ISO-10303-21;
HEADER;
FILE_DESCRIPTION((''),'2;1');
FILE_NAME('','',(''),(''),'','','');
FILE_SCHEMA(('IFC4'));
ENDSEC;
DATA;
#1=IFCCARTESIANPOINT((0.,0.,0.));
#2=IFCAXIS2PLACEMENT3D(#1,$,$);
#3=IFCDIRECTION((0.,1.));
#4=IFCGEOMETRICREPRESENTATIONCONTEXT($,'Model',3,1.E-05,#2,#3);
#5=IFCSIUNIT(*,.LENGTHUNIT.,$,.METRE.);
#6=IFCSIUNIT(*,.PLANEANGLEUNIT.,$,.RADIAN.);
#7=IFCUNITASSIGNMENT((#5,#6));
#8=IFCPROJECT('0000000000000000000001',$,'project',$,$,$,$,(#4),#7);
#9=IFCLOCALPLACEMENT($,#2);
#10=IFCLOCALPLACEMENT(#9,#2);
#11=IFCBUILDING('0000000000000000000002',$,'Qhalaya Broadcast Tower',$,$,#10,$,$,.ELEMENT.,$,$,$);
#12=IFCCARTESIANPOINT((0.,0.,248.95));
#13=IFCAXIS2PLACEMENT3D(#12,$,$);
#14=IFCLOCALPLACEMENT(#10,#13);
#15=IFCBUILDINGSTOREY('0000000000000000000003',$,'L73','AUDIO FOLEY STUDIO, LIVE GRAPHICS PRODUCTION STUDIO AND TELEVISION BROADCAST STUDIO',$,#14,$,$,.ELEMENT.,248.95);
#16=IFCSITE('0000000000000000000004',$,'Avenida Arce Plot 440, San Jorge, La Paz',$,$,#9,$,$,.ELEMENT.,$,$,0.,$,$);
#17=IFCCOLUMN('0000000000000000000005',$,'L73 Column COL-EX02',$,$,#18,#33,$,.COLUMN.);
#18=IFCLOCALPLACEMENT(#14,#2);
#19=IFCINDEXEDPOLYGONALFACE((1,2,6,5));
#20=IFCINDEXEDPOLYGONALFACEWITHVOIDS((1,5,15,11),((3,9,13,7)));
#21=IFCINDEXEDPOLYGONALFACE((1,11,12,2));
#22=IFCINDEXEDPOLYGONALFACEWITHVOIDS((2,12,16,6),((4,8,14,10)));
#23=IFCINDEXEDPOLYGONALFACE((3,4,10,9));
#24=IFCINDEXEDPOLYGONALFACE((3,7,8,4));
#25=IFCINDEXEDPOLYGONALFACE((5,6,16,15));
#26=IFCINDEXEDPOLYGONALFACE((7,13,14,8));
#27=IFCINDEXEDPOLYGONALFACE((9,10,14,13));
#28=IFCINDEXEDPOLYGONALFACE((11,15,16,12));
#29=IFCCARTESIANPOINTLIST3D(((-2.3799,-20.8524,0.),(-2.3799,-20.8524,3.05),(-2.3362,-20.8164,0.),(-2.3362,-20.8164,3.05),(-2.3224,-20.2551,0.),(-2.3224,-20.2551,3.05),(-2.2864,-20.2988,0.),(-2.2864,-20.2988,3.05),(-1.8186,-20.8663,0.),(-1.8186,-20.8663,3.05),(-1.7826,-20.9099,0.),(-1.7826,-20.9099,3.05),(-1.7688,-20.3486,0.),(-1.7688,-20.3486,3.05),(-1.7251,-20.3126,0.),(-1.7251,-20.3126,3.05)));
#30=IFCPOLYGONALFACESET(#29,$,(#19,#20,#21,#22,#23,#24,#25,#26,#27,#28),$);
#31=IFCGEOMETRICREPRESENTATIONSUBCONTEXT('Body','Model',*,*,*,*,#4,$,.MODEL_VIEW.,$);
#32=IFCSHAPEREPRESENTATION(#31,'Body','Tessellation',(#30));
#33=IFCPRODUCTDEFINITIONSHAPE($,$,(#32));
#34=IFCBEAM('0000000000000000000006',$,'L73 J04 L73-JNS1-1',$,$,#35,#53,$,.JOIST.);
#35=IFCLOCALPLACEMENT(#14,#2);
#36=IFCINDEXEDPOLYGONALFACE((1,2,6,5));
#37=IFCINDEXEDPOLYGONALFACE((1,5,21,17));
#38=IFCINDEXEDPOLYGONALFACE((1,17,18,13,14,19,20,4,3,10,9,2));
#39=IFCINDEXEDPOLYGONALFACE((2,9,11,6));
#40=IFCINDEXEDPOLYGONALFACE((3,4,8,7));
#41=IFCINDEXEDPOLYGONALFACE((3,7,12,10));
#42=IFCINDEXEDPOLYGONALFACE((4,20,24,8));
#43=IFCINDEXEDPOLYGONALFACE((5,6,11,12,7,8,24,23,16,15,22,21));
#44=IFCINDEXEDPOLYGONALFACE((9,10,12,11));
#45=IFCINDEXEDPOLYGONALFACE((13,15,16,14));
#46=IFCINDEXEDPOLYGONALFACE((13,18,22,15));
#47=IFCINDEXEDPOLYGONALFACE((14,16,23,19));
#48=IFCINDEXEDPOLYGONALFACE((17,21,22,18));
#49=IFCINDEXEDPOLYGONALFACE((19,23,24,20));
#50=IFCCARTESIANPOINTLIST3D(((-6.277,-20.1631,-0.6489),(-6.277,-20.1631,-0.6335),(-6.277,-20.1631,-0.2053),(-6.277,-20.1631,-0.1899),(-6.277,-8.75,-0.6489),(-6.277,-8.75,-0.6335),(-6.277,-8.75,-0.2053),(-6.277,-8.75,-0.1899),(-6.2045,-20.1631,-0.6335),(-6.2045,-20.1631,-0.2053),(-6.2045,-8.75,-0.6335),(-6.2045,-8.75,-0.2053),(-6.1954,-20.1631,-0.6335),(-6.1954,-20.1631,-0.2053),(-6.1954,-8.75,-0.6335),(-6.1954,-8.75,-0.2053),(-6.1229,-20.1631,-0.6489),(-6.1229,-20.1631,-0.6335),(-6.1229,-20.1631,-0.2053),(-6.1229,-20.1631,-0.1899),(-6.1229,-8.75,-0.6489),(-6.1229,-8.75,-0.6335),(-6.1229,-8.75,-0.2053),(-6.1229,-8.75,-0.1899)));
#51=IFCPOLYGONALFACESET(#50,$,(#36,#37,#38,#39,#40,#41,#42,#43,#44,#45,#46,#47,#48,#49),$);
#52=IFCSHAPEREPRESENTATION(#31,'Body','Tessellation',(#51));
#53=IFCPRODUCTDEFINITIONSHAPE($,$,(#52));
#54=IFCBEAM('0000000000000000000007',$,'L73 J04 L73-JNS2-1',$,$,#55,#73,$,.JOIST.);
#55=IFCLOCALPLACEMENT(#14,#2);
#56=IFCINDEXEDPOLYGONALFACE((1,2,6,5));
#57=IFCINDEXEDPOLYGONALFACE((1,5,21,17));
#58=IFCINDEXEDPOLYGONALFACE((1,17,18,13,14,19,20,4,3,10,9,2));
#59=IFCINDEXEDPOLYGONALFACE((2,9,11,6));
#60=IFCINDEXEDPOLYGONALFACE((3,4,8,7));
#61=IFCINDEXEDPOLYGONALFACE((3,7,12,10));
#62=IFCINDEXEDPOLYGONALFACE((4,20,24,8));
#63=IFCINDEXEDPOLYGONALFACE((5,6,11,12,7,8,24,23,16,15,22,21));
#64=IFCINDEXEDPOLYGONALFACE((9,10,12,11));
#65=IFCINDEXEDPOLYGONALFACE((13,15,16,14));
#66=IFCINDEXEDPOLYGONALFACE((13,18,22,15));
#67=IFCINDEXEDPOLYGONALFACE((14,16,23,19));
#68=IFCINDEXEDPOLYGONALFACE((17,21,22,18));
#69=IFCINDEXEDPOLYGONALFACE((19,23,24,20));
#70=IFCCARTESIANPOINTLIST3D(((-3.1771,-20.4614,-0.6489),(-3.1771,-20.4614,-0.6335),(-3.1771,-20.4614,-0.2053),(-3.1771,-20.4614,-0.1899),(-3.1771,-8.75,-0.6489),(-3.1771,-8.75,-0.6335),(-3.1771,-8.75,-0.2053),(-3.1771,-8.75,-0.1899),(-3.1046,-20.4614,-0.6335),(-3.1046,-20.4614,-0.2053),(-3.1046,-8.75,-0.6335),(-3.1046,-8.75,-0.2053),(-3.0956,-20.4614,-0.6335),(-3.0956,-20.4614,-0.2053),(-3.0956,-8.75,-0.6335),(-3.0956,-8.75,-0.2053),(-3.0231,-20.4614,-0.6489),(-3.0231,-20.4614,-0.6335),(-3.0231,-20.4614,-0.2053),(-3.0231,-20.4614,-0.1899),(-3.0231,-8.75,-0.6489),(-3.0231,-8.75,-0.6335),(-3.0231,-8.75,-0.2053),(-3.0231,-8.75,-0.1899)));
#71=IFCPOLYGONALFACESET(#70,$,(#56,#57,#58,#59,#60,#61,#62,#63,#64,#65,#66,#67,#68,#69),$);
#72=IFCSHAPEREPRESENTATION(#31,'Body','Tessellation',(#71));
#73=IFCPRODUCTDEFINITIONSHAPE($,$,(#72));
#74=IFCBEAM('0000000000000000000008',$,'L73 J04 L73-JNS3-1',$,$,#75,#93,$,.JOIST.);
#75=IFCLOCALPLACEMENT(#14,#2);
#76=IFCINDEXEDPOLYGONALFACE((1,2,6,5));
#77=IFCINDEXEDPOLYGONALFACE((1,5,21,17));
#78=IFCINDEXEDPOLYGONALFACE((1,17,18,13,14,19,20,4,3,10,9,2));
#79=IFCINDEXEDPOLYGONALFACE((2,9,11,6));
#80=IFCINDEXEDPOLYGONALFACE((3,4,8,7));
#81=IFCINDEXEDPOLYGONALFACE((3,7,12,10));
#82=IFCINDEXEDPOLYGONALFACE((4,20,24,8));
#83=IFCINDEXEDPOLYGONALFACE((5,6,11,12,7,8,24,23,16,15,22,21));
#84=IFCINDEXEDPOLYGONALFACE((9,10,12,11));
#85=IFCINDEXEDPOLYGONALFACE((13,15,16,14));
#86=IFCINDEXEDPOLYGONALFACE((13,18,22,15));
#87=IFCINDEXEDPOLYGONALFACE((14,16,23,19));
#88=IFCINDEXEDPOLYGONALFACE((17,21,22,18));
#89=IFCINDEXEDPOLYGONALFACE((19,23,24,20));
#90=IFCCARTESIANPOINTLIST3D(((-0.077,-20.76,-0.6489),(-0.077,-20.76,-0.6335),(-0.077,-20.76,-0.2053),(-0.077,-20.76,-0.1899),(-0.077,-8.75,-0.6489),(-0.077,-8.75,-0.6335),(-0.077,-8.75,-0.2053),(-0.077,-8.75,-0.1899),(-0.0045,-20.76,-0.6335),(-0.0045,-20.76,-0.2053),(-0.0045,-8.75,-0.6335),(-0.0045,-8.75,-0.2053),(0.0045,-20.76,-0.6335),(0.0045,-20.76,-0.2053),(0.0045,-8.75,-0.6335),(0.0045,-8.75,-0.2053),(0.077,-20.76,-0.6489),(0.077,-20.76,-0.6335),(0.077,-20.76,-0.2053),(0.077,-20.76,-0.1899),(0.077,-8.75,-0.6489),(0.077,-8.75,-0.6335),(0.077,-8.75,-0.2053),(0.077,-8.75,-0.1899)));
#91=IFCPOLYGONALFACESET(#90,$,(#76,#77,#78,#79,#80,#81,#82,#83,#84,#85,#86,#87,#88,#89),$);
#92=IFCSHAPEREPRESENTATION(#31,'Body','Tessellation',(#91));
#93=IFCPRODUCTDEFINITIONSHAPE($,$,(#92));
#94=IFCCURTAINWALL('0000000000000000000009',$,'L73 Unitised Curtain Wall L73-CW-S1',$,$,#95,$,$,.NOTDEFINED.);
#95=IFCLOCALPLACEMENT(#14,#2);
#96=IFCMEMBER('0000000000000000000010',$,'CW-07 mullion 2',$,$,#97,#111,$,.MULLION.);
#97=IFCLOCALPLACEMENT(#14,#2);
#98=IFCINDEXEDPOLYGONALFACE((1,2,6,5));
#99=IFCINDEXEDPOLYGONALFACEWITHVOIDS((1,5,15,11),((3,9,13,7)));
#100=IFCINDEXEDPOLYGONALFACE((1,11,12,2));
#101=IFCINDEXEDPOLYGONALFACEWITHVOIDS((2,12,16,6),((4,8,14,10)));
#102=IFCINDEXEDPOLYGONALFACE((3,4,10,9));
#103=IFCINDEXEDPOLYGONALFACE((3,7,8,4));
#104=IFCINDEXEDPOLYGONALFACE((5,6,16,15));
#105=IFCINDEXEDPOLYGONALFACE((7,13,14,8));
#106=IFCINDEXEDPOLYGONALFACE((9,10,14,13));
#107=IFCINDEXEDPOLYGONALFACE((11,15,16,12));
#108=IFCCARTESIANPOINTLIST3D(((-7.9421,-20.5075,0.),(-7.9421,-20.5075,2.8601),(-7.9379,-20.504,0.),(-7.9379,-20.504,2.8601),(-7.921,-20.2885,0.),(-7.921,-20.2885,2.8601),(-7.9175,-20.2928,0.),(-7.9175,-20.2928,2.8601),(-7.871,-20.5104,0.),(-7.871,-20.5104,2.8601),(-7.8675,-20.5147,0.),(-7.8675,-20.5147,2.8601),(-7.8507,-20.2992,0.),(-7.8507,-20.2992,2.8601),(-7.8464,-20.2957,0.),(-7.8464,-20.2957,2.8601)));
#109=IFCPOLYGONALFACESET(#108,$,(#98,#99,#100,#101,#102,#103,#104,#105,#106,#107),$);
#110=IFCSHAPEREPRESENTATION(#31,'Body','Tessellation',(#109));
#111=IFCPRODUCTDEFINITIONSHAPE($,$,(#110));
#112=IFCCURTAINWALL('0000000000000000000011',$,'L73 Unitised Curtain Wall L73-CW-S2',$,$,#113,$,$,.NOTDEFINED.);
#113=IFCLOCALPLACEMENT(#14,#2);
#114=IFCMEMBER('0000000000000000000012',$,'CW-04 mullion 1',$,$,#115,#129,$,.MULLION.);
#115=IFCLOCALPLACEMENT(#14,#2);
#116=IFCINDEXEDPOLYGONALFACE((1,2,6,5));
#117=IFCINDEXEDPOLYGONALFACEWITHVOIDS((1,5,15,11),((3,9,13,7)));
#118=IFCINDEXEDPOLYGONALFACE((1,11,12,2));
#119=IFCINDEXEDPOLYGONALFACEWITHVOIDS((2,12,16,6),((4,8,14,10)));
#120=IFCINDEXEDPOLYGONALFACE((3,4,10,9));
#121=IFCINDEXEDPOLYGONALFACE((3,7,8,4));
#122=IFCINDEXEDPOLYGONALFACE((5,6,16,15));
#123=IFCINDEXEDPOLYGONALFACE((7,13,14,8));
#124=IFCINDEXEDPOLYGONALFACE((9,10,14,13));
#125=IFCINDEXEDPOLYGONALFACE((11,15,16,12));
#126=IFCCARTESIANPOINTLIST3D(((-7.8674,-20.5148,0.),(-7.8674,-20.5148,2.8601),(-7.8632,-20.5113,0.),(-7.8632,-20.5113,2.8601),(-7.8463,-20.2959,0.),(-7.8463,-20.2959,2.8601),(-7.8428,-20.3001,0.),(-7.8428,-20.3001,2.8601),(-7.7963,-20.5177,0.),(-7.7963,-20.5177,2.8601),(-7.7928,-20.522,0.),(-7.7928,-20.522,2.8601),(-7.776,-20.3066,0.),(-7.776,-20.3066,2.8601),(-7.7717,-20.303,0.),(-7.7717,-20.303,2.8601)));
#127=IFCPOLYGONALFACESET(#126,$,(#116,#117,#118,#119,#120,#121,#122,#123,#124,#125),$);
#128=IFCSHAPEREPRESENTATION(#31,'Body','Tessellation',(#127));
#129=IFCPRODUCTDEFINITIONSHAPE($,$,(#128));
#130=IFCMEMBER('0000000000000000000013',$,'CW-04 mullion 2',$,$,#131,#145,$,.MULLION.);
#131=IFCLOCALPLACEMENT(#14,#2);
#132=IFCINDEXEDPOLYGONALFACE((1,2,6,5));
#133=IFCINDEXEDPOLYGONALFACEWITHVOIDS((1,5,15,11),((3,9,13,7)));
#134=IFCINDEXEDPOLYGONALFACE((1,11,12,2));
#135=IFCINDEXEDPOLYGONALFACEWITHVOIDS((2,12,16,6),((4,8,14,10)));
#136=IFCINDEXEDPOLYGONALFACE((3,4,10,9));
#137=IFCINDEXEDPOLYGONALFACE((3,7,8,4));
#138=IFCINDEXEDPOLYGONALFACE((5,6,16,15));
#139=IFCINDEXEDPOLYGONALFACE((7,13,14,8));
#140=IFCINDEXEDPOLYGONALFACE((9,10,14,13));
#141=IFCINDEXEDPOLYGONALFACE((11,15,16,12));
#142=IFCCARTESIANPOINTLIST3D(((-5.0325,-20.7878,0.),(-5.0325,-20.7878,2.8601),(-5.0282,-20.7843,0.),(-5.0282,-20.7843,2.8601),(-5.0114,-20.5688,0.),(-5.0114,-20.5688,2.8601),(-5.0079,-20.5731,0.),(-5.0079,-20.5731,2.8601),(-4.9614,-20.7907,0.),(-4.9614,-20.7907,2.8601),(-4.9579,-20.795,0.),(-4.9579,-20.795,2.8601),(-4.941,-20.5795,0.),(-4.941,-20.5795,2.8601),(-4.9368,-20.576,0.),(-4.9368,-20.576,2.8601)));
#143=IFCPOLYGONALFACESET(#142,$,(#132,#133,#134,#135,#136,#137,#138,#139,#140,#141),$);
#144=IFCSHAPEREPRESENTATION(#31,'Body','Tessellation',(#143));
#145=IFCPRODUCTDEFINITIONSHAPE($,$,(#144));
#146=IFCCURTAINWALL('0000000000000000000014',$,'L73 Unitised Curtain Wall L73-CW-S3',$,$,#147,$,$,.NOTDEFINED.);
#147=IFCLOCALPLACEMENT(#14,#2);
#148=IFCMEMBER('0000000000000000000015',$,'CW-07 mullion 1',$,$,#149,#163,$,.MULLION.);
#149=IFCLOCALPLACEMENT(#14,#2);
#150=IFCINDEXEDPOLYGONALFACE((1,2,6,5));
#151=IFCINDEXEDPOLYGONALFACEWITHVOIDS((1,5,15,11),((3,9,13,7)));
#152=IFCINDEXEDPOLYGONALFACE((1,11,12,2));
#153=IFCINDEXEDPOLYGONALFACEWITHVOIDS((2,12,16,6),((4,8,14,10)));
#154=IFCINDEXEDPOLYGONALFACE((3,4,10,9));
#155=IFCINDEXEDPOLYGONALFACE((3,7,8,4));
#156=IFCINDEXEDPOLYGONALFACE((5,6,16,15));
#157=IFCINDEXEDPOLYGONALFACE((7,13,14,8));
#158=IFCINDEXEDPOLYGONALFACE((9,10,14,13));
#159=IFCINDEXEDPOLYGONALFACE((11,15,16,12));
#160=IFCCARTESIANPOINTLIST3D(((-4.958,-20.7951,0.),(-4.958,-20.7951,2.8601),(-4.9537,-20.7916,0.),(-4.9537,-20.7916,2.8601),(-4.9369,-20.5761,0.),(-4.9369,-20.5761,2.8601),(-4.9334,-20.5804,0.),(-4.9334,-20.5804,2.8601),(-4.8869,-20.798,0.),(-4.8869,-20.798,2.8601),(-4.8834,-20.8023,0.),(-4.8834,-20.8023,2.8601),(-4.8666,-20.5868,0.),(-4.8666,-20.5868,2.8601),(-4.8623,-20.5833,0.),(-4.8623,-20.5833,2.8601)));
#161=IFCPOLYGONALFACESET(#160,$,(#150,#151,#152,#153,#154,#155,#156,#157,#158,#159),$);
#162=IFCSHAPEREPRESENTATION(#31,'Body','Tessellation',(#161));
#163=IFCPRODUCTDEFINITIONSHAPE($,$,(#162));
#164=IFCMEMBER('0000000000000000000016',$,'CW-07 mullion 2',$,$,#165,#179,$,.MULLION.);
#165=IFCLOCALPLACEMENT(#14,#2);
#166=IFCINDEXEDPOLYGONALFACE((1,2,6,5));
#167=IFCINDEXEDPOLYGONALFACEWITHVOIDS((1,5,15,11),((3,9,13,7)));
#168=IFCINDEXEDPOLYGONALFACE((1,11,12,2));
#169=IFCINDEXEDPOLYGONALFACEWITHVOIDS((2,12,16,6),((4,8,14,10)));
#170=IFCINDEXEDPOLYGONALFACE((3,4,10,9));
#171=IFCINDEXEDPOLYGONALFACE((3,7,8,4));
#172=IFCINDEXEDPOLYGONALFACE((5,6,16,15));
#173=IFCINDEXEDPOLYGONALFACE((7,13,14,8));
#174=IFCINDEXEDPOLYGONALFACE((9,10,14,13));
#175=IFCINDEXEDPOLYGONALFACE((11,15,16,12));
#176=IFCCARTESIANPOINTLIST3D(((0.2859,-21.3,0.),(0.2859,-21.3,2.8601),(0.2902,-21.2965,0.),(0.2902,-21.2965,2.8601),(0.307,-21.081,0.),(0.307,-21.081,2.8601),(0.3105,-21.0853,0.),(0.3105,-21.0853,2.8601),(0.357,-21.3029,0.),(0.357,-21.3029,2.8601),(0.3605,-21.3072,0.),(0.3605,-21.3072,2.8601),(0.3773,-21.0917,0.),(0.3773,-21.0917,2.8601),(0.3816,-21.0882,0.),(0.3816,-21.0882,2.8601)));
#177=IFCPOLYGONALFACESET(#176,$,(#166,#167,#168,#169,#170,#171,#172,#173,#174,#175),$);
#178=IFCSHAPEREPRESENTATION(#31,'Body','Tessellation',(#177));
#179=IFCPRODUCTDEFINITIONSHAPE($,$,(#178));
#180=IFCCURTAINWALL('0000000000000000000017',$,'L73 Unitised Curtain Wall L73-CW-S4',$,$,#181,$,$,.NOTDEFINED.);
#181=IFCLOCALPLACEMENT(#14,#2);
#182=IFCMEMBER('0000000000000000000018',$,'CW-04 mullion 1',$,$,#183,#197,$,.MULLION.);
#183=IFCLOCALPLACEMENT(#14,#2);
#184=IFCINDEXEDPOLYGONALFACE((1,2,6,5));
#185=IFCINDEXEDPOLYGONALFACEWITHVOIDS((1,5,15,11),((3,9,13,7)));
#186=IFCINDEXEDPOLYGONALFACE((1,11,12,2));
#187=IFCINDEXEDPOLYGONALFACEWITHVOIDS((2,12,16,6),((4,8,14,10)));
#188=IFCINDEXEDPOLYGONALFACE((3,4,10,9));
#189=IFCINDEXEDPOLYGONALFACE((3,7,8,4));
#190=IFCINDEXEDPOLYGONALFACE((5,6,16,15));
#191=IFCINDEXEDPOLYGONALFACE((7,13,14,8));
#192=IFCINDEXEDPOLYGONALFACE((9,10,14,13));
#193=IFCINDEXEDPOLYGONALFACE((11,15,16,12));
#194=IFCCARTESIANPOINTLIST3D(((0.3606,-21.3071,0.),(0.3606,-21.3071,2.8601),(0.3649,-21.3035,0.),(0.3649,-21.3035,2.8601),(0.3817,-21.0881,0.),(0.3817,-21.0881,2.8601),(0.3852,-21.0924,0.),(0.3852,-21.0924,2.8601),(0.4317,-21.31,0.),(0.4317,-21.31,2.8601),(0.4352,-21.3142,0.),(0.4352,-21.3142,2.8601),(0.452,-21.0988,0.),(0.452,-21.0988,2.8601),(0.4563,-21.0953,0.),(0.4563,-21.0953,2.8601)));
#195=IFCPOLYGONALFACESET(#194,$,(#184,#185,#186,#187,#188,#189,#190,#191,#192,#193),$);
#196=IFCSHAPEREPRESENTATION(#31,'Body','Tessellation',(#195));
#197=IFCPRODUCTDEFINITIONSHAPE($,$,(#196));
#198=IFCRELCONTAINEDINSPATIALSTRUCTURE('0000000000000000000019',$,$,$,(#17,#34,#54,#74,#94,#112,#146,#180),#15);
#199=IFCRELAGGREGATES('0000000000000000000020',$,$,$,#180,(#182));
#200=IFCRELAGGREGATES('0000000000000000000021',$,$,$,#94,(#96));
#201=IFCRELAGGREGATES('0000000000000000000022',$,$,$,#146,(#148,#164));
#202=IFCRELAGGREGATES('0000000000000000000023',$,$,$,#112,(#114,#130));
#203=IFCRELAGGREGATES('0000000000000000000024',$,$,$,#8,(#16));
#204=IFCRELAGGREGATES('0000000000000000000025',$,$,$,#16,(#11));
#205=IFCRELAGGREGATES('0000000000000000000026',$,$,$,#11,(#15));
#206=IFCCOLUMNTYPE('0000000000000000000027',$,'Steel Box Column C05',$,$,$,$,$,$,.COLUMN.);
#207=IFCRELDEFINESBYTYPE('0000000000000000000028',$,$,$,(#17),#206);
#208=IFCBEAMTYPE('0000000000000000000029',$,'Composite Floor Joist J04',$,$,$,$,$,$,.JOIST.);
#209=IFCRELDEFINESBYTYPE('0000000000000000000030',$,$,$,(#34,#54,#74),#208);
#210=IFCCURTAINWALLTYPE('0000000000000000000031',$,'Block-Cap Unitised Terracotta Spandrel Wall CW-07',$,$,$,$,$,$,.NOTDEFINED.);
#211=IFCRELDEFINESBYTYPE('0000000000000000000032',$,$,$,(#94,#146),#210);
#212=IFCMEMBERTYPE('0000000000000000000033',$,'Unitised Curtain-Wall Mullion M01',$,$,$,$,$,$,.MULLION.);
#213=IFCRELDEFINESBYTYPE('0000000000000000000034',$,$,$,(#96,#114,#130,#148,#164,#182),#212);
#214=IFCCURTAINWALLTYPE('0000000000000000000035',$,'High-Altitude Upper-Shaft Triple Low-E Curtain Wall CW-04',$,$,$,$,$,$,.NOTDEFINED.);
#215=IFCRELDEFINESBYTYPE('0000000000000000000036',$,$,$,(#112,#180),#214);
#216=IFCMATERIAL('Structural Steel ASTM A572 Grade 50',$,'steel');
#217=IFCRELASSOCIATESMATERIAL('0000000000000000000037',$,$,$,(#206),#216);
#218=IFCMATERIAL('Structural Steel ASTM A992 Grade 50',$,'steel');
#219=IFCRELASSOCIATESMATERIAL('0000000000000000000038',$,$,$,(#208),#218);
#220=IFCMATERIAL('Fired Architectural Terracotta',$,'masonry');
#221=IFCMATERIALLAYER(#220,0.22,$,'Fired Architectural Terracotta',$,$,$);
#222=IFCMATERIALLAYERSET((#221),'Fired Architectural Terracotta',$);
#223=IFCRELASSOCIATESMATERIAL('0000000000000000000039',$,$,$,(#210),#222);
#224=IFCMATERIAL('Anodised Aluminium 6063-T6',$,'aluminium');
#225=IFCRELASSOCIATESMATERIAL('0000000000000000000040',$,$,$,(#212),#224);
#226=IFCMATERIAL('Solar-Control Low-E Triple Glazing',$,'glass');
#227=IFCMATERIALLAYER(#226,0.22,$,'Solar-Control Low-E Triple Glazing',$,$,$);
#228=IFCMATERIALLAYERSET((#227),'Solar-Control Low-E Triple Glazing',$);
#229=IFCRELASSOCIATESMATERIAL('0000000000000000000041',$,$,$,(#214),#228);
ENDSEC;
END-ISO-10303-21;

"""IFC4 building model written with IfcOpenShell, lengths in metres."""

from ifc_helpers import new_model, si_unit, direction, frame, origin, origin_2d, place, context, subcontext, project, spatial, hollow_rectangle, i_section, extrude, material, layer, layer_set, material_profile, profile_set, type_object, element, aggregate, save


model = new_model("IFC4")

# Units and contexts
model_context = context("Model", 3, precision=1e-05, world=origin(), true_north=direction((0.0, 1.0)))
body_context = subcontext(model_context, "Body", "Model", "MODEL_VIEW")
ifc_project = project(units=[si_unit("LENGTHUNIT", "METRE"), si_unit("PLANEANGLEUNIT", "RADIAN")], contexts=[model_context])

# Site, building, storey
site_placement = place(None, origin())
site = spatial("IfcSite", under=ifc_project, at=site_placement, Name="Avenida Arce Plot 440, San Jorge, La Paz", CompositionType="ELEMENT", RefElevation=0.0)
building_placement = place(site_placement, origin())
building = spatial("IfcBuilding", under=site, at=building_placement, Name="Qhalaya Broadcast Tower", CompositionType="ELEMENT")
storey_placement = place(building_placement, frame((0.0, 0.0, 248.95)))
storey = spatial("IfcBuildingStorey", under=building, at=storey_placement, Name="L73", Description="AUDIO FOLEY STUDIO, LIVE GRAPHICS PRODUCTION STUDIO AND TELEVISION BROADCAST STUDIO", CompositionType="ELEMENT", Elevation=248.95)

# Column
ifc_material_1 = material(Name="Structural Steel ASTM A572 Grade 50", Category="steel")
ifc_material_profile_1 = material_profile(ifc_material_1, hollow_rectangle(XDim=0.6001, YDim=0.6001, WallThickness=0.04, at=origin_2d()), Name="BOX 600x600x40")
ifc_profile_set_1 = profile_set([ifc_material_profile_1], Name="Structural Steel ASTM A572 Grade 50")
column_type = type_object("IfcColumnType", Name="Steel Box Column C05", PredefinedType="COLUMN", material=ifc_profile_set_1)
column_placement = place(storey_placement, frame((-2.0525, -20.5825, 0.0), z_axis=(0.0, 0.0, 1.0), x_axis=(0.995396, -0.095846, 0.0)))
element("IfcColumn", 1, at=column_placement, inside=storey, type_object=column_type, Name="L73 Column COL-EX02", PredefinedType="COLUMN", context=body_context, shape_type="SweptSolid", body=[
    extrude(hollow_rectangle(XDim=0.6001, YDim=0.6001, WallThickness=0.04, at=origin_2d()), origin(), (0.0, 0.0, 1.0), 3.05),
])

# Beams
ifc_material_2 = material(Name="Structural Steel ASTM A992 Grade 50", Category="steel")
ifc_material_profile_2 = material_profile(ifc_material_2, i_section(OverallWidth=0.1541, OverallDepth=0.459, WebThickness=0.009, FlangeThickness=0.0154, at=origin_2d()), Name="W18X46")
ifc_profile_set_2 = profile_set([ifc_material_profile_2], Name="Structural Steel ASTM A992 Grade 50")
beam_type_1 = type_object("IfcBeamType", Name="Composite Floor Joist J04", PredefinedType="JOIST", material=ifc_profile_set_2)
beam_1_placement = place(storey_placement, frame((-6.2, -20.1631, -0.4194), z_axis=(0.0, 1.0, 0.0), x_axis=(-1.0, 0.0, 0.0)))
element("IfcBeam", 2, at=beam_1_placement, inside=storey, type_object=beam_type_1, Name="L73 J04 L73-JNS1-1", PredefinedType="JOIST", context=body_context, shape_type="SweptSolid", body=[
    extrude(i_section(OverallWidth=0.1541, OverallDepth=0.459, WebThickness=0.009, FlangeThickness=0.0154, at=origin_2d()), origin(), (0.0, 0.0, 1.0), 11.4131),
])
beam_2_placement = place(storey_placement, frame((-3.1001, -20.4614, -0.4194), z_axis=(0.0, 1.0, 0.0), x_axis=(-1.0, 0.0, 0.0)))
element("IfcBeam", 3, at=beam_2_placement, inside=storey, type_object=beam_type_1, Name="L73 J04 L73-JNS2-1", PredefinedType="JOIST", context=body_context, shape_type="SweptSolid", body=[
    extrude(i_section(OverallWidth=0.1541, OverallDepth=0.459, WebThickness=0.009, FlangeThickness=0.0154, at=origin_2d()), origin(), (0.0, 0.0, 1.0), 11.7114),
])
beam_3_placement = place(storey_placement, frame((0.0, -20.76, -0.4194), z_axis=(0.0, 1.0, 0.0), x_axis=(-1.0, 0.0, 0.0)))
element("IfcBeam", 4, at=beam_3_placement, inside=storey, type_object=beam_type_1, Name="L73 J04 L73-JNS3-1", PredefinedType="JOIST", context=body_context, shape_type="SweptSolid", body=[
    extrude(i_section(OverallWidth=0.1541, OverallDepth=0.459, WebThickness=0.009, FlangeThickness=0.0154, at=origin_2d()), origin(), (0.0, 0.0, 1.0), 12.01),
])

# Curtain wall, member
ifc_material_3 = material(Name="Fired Architectural Terracotta", Category="masonry")
ifc_layer_1 = layer(ifc_material_3, 0.22, Name="Fired Architectural Terracotta")
ifc_layer_set_1 = layer_set([ifc_layer_1], Name="Fired Architectural Terracotta")
curtain_wall_type_1 = type_object("IfcCurtainWallType", Name="Block-Cap Unitised Terracotta Spandrel Wall CW-07", PredefinedType="NOTDEFINED", material=ifc_layer_set_1)
curtain_wall_1_placement = place(storey_placement, origin())
curtain_wall_1 = element("IfcCurtainWall", 5, at=curtain_wall_1_placement, inside=storey, type_object=curtain_wall_type_1, Name="L73 Unitised Curtain Wall L73-CW-S1", PredefinedType="NOTDEFINED")
ifc_material_4 = material(Name="Anodised Aluminium 6063-T6", Category="aluminium")
ifc_material_profile_3 = material_profile(ifc_material_4, hollow_rectangle(XDim=0.075, YDim=0.22, WallThickness=0.0039, at=origin_2d()), Name="ALU-MUL 75x220x4")
ifc_profile_set_3 = profile_set([ifc_material_profile_3], Name="Anodised Aluminium 6063-T6")
member_type_1 = type_object("IfcMemberType", Name="Unitised Curtain-Wall Mullion M01", PredefinedType="MULLION", material=ifc_profile_set_3)
member_1_placement = place(storey_placement, frame((-7.8943, -20.4016, 0.0), z_axis=(0.0, 0.0, 1.0), x_axis=(0.995396, -0.095848, 0.0)))
member_1 = element("IfcMember", 6, at=member_1_placement, type_object=member_type_1, Name="CW-07 mullion 2", PredefinedType="MULLION", context=body_context, shape_type="SweptSolid", body=[
    extrude(hollow_rectangle(XDim=0.075, YDim=0.22, WallThickness=0.0039, at=origin_2d()), origin(), (0.0, 0.0, 1.0), 2.8601),
])

# Curtain walls, members
ifc_material_5 = material(Name="Solar-Control Low-E Triple Glazing", Category="glass")
ifc_layer_2 = layer(ifc_material_5, 0.22, Name="Solar-Control Low-E Triple Glazing")
ifc_layer_set_2 = layer_set([ifc_layer_2], Name="Solar-Control Low-E Triple Glazing")
curtain_wall_type_2 = type_object("IfcCurtainWallType", Name="High-Altitude Upper-Shaft Triple Low-E Curtain Wall CW-04", PredefinedType="NOTDEFINED", material=ifc_layer_set_2)
curtain_wall_2_placement = place(storey_placement, origin())
curtain_wall_2 = element("IfcCurtainWall", 7, at=curtain_wall_2_placement, inside=storey, type_object=curtain_wall_type_2, Name="L73 Unitised Curtain Wall L73-CW-S2", PredefinedType="NOTDEFINED")
member_2_placement = place(storey_placement, frame((-7.8196, -20.4089, 0.0), z_axis=(0.0, 0.0, 1.0), x_axis=(0.995395, -0.095862, 0.0)))
member_2 = element("IfcMember", 8, at=member_2_placement, type_object=member_type_1, Name="CW-04 mullion 1", PredefinedType="MULLION", context=body_context, shape_type="SweptSolid", body=[
    extrude(hollow_rectangle(XDim=0.075, YDim=0.22, WallThickness=0.0039, at=origin_2d()), origin(), (0.0, 0.0, 1.0), 2.8601),
])
member_3_placement = place(storey_placement, frame((-4.9846, -20.6819, 0.0), z_axis=(0.0, 0.0, 1.0), x_axis=(0.995395, -0.095862, 0.0)))
member_3 = element("IfcMember", 9, at=member_3_placement, type_object=member_type_1, Name="CW-04 mullion 2", PredefinedType="MULLION", context=body_context, shape_type="SweptSolid", body=[
    extrude(hollow_rectangle(XDim=0.075, YDim=0.22, WallThickness=0.0039, at=origin_2d()), origin(), (0.0, 0.0, 1.0), 2.8601),
])
curtain_wall_3_placement = place(storey_placement, origin())
curtain_wall_3 = element("IfcCurtainWall", 10, at=curtain_wall_3_placement, inside=storey, type_object=curtain_wall_type_1, Name="L73 Unitised Curtain Wall L73-CW-S3", PredefinedType="NOTDEFINED")
member_4_placement = place(storey_placement, frame((-4.9102, -20.6892, 0.0), z_axis=(0.0, 0.0, 1.0), x_axis=(0.995396, -0.095845, 0.0)))
member_4 = element("IfcMember", 11, at=member_4_placement, type_object=member_type_1, Name="CW-07 mullion 1", PredefinedType="MULLION", context=body_context, shape_type="SweptSolid", body=[
    extrude(hollow_rectangle(XDim=0.075, YDim=0.22, WallThickness=0.0039, at=origin_2d()), origin(), (0.0, 0.0, 1.0), 2.8601),
])
member_5_placement = place(storey_placement, frame((0.3337, -21.1941, 0.0), z_axis=(0.0, 0.0, 1.0), x_axis=(0.995396, -0.095845, 0.0)))
member_5 = element("IfcMember", 12, at=member_5_placement, type_object=member_type_1, Name="CW-07 mullion 2", PredefinedType="MULLION", context=body_context, shape_type="SweptSolid", body=[
    extrude(hollow_rectangle(XDim=0.075, YDim=0.22, WallThickness=0.0039, at=origin_2d()), origin(), (0.0, 0.0, 1.0), 2.8601),
])

# Curtain wall, member
curtain_wall_4_placement = place(storey_placement, origin())
curtain_wall_4 = element("IfcCurtainWall", 13, at=curtain_wall_4_placement, inside=storey, type_object=curtain_wall_type_2, Name="L73 Unitised Curtain Wall L73-CW-S4", PredefinedType="NOTDEFINED")
member_6_placement = place(storey_placement, frame((0.4084, -21.2012, 0.0), z_axis=(0.0, 0.0, 1.0), x_axis=(0.995398, -0.095829, 0.0)))
member_6 = element("IfcMember", 14, at=member_6_placement, type_object=member_type_1, Name="CW-04 mullion 1", PredefinedType="MULLION", context=body_context, shape_type="SweptSolid", body=[
    extrude(hollow_rectangle(XDim=0.075, YDim=0.22, WallThickness=0.0039, at=origin_2d()), origin(), (0.0, 0.0, 1.0), 2.8601),
])
aggregate(curtain_wall_4, [member_6])

aggregate(curtain_wall_1, [member_1])
aggregate(curtain_wall_3, [member_4, member_5])
aggregate(curtain_wall_2, [member_2, member_3])

save(model, "model.ifc")
